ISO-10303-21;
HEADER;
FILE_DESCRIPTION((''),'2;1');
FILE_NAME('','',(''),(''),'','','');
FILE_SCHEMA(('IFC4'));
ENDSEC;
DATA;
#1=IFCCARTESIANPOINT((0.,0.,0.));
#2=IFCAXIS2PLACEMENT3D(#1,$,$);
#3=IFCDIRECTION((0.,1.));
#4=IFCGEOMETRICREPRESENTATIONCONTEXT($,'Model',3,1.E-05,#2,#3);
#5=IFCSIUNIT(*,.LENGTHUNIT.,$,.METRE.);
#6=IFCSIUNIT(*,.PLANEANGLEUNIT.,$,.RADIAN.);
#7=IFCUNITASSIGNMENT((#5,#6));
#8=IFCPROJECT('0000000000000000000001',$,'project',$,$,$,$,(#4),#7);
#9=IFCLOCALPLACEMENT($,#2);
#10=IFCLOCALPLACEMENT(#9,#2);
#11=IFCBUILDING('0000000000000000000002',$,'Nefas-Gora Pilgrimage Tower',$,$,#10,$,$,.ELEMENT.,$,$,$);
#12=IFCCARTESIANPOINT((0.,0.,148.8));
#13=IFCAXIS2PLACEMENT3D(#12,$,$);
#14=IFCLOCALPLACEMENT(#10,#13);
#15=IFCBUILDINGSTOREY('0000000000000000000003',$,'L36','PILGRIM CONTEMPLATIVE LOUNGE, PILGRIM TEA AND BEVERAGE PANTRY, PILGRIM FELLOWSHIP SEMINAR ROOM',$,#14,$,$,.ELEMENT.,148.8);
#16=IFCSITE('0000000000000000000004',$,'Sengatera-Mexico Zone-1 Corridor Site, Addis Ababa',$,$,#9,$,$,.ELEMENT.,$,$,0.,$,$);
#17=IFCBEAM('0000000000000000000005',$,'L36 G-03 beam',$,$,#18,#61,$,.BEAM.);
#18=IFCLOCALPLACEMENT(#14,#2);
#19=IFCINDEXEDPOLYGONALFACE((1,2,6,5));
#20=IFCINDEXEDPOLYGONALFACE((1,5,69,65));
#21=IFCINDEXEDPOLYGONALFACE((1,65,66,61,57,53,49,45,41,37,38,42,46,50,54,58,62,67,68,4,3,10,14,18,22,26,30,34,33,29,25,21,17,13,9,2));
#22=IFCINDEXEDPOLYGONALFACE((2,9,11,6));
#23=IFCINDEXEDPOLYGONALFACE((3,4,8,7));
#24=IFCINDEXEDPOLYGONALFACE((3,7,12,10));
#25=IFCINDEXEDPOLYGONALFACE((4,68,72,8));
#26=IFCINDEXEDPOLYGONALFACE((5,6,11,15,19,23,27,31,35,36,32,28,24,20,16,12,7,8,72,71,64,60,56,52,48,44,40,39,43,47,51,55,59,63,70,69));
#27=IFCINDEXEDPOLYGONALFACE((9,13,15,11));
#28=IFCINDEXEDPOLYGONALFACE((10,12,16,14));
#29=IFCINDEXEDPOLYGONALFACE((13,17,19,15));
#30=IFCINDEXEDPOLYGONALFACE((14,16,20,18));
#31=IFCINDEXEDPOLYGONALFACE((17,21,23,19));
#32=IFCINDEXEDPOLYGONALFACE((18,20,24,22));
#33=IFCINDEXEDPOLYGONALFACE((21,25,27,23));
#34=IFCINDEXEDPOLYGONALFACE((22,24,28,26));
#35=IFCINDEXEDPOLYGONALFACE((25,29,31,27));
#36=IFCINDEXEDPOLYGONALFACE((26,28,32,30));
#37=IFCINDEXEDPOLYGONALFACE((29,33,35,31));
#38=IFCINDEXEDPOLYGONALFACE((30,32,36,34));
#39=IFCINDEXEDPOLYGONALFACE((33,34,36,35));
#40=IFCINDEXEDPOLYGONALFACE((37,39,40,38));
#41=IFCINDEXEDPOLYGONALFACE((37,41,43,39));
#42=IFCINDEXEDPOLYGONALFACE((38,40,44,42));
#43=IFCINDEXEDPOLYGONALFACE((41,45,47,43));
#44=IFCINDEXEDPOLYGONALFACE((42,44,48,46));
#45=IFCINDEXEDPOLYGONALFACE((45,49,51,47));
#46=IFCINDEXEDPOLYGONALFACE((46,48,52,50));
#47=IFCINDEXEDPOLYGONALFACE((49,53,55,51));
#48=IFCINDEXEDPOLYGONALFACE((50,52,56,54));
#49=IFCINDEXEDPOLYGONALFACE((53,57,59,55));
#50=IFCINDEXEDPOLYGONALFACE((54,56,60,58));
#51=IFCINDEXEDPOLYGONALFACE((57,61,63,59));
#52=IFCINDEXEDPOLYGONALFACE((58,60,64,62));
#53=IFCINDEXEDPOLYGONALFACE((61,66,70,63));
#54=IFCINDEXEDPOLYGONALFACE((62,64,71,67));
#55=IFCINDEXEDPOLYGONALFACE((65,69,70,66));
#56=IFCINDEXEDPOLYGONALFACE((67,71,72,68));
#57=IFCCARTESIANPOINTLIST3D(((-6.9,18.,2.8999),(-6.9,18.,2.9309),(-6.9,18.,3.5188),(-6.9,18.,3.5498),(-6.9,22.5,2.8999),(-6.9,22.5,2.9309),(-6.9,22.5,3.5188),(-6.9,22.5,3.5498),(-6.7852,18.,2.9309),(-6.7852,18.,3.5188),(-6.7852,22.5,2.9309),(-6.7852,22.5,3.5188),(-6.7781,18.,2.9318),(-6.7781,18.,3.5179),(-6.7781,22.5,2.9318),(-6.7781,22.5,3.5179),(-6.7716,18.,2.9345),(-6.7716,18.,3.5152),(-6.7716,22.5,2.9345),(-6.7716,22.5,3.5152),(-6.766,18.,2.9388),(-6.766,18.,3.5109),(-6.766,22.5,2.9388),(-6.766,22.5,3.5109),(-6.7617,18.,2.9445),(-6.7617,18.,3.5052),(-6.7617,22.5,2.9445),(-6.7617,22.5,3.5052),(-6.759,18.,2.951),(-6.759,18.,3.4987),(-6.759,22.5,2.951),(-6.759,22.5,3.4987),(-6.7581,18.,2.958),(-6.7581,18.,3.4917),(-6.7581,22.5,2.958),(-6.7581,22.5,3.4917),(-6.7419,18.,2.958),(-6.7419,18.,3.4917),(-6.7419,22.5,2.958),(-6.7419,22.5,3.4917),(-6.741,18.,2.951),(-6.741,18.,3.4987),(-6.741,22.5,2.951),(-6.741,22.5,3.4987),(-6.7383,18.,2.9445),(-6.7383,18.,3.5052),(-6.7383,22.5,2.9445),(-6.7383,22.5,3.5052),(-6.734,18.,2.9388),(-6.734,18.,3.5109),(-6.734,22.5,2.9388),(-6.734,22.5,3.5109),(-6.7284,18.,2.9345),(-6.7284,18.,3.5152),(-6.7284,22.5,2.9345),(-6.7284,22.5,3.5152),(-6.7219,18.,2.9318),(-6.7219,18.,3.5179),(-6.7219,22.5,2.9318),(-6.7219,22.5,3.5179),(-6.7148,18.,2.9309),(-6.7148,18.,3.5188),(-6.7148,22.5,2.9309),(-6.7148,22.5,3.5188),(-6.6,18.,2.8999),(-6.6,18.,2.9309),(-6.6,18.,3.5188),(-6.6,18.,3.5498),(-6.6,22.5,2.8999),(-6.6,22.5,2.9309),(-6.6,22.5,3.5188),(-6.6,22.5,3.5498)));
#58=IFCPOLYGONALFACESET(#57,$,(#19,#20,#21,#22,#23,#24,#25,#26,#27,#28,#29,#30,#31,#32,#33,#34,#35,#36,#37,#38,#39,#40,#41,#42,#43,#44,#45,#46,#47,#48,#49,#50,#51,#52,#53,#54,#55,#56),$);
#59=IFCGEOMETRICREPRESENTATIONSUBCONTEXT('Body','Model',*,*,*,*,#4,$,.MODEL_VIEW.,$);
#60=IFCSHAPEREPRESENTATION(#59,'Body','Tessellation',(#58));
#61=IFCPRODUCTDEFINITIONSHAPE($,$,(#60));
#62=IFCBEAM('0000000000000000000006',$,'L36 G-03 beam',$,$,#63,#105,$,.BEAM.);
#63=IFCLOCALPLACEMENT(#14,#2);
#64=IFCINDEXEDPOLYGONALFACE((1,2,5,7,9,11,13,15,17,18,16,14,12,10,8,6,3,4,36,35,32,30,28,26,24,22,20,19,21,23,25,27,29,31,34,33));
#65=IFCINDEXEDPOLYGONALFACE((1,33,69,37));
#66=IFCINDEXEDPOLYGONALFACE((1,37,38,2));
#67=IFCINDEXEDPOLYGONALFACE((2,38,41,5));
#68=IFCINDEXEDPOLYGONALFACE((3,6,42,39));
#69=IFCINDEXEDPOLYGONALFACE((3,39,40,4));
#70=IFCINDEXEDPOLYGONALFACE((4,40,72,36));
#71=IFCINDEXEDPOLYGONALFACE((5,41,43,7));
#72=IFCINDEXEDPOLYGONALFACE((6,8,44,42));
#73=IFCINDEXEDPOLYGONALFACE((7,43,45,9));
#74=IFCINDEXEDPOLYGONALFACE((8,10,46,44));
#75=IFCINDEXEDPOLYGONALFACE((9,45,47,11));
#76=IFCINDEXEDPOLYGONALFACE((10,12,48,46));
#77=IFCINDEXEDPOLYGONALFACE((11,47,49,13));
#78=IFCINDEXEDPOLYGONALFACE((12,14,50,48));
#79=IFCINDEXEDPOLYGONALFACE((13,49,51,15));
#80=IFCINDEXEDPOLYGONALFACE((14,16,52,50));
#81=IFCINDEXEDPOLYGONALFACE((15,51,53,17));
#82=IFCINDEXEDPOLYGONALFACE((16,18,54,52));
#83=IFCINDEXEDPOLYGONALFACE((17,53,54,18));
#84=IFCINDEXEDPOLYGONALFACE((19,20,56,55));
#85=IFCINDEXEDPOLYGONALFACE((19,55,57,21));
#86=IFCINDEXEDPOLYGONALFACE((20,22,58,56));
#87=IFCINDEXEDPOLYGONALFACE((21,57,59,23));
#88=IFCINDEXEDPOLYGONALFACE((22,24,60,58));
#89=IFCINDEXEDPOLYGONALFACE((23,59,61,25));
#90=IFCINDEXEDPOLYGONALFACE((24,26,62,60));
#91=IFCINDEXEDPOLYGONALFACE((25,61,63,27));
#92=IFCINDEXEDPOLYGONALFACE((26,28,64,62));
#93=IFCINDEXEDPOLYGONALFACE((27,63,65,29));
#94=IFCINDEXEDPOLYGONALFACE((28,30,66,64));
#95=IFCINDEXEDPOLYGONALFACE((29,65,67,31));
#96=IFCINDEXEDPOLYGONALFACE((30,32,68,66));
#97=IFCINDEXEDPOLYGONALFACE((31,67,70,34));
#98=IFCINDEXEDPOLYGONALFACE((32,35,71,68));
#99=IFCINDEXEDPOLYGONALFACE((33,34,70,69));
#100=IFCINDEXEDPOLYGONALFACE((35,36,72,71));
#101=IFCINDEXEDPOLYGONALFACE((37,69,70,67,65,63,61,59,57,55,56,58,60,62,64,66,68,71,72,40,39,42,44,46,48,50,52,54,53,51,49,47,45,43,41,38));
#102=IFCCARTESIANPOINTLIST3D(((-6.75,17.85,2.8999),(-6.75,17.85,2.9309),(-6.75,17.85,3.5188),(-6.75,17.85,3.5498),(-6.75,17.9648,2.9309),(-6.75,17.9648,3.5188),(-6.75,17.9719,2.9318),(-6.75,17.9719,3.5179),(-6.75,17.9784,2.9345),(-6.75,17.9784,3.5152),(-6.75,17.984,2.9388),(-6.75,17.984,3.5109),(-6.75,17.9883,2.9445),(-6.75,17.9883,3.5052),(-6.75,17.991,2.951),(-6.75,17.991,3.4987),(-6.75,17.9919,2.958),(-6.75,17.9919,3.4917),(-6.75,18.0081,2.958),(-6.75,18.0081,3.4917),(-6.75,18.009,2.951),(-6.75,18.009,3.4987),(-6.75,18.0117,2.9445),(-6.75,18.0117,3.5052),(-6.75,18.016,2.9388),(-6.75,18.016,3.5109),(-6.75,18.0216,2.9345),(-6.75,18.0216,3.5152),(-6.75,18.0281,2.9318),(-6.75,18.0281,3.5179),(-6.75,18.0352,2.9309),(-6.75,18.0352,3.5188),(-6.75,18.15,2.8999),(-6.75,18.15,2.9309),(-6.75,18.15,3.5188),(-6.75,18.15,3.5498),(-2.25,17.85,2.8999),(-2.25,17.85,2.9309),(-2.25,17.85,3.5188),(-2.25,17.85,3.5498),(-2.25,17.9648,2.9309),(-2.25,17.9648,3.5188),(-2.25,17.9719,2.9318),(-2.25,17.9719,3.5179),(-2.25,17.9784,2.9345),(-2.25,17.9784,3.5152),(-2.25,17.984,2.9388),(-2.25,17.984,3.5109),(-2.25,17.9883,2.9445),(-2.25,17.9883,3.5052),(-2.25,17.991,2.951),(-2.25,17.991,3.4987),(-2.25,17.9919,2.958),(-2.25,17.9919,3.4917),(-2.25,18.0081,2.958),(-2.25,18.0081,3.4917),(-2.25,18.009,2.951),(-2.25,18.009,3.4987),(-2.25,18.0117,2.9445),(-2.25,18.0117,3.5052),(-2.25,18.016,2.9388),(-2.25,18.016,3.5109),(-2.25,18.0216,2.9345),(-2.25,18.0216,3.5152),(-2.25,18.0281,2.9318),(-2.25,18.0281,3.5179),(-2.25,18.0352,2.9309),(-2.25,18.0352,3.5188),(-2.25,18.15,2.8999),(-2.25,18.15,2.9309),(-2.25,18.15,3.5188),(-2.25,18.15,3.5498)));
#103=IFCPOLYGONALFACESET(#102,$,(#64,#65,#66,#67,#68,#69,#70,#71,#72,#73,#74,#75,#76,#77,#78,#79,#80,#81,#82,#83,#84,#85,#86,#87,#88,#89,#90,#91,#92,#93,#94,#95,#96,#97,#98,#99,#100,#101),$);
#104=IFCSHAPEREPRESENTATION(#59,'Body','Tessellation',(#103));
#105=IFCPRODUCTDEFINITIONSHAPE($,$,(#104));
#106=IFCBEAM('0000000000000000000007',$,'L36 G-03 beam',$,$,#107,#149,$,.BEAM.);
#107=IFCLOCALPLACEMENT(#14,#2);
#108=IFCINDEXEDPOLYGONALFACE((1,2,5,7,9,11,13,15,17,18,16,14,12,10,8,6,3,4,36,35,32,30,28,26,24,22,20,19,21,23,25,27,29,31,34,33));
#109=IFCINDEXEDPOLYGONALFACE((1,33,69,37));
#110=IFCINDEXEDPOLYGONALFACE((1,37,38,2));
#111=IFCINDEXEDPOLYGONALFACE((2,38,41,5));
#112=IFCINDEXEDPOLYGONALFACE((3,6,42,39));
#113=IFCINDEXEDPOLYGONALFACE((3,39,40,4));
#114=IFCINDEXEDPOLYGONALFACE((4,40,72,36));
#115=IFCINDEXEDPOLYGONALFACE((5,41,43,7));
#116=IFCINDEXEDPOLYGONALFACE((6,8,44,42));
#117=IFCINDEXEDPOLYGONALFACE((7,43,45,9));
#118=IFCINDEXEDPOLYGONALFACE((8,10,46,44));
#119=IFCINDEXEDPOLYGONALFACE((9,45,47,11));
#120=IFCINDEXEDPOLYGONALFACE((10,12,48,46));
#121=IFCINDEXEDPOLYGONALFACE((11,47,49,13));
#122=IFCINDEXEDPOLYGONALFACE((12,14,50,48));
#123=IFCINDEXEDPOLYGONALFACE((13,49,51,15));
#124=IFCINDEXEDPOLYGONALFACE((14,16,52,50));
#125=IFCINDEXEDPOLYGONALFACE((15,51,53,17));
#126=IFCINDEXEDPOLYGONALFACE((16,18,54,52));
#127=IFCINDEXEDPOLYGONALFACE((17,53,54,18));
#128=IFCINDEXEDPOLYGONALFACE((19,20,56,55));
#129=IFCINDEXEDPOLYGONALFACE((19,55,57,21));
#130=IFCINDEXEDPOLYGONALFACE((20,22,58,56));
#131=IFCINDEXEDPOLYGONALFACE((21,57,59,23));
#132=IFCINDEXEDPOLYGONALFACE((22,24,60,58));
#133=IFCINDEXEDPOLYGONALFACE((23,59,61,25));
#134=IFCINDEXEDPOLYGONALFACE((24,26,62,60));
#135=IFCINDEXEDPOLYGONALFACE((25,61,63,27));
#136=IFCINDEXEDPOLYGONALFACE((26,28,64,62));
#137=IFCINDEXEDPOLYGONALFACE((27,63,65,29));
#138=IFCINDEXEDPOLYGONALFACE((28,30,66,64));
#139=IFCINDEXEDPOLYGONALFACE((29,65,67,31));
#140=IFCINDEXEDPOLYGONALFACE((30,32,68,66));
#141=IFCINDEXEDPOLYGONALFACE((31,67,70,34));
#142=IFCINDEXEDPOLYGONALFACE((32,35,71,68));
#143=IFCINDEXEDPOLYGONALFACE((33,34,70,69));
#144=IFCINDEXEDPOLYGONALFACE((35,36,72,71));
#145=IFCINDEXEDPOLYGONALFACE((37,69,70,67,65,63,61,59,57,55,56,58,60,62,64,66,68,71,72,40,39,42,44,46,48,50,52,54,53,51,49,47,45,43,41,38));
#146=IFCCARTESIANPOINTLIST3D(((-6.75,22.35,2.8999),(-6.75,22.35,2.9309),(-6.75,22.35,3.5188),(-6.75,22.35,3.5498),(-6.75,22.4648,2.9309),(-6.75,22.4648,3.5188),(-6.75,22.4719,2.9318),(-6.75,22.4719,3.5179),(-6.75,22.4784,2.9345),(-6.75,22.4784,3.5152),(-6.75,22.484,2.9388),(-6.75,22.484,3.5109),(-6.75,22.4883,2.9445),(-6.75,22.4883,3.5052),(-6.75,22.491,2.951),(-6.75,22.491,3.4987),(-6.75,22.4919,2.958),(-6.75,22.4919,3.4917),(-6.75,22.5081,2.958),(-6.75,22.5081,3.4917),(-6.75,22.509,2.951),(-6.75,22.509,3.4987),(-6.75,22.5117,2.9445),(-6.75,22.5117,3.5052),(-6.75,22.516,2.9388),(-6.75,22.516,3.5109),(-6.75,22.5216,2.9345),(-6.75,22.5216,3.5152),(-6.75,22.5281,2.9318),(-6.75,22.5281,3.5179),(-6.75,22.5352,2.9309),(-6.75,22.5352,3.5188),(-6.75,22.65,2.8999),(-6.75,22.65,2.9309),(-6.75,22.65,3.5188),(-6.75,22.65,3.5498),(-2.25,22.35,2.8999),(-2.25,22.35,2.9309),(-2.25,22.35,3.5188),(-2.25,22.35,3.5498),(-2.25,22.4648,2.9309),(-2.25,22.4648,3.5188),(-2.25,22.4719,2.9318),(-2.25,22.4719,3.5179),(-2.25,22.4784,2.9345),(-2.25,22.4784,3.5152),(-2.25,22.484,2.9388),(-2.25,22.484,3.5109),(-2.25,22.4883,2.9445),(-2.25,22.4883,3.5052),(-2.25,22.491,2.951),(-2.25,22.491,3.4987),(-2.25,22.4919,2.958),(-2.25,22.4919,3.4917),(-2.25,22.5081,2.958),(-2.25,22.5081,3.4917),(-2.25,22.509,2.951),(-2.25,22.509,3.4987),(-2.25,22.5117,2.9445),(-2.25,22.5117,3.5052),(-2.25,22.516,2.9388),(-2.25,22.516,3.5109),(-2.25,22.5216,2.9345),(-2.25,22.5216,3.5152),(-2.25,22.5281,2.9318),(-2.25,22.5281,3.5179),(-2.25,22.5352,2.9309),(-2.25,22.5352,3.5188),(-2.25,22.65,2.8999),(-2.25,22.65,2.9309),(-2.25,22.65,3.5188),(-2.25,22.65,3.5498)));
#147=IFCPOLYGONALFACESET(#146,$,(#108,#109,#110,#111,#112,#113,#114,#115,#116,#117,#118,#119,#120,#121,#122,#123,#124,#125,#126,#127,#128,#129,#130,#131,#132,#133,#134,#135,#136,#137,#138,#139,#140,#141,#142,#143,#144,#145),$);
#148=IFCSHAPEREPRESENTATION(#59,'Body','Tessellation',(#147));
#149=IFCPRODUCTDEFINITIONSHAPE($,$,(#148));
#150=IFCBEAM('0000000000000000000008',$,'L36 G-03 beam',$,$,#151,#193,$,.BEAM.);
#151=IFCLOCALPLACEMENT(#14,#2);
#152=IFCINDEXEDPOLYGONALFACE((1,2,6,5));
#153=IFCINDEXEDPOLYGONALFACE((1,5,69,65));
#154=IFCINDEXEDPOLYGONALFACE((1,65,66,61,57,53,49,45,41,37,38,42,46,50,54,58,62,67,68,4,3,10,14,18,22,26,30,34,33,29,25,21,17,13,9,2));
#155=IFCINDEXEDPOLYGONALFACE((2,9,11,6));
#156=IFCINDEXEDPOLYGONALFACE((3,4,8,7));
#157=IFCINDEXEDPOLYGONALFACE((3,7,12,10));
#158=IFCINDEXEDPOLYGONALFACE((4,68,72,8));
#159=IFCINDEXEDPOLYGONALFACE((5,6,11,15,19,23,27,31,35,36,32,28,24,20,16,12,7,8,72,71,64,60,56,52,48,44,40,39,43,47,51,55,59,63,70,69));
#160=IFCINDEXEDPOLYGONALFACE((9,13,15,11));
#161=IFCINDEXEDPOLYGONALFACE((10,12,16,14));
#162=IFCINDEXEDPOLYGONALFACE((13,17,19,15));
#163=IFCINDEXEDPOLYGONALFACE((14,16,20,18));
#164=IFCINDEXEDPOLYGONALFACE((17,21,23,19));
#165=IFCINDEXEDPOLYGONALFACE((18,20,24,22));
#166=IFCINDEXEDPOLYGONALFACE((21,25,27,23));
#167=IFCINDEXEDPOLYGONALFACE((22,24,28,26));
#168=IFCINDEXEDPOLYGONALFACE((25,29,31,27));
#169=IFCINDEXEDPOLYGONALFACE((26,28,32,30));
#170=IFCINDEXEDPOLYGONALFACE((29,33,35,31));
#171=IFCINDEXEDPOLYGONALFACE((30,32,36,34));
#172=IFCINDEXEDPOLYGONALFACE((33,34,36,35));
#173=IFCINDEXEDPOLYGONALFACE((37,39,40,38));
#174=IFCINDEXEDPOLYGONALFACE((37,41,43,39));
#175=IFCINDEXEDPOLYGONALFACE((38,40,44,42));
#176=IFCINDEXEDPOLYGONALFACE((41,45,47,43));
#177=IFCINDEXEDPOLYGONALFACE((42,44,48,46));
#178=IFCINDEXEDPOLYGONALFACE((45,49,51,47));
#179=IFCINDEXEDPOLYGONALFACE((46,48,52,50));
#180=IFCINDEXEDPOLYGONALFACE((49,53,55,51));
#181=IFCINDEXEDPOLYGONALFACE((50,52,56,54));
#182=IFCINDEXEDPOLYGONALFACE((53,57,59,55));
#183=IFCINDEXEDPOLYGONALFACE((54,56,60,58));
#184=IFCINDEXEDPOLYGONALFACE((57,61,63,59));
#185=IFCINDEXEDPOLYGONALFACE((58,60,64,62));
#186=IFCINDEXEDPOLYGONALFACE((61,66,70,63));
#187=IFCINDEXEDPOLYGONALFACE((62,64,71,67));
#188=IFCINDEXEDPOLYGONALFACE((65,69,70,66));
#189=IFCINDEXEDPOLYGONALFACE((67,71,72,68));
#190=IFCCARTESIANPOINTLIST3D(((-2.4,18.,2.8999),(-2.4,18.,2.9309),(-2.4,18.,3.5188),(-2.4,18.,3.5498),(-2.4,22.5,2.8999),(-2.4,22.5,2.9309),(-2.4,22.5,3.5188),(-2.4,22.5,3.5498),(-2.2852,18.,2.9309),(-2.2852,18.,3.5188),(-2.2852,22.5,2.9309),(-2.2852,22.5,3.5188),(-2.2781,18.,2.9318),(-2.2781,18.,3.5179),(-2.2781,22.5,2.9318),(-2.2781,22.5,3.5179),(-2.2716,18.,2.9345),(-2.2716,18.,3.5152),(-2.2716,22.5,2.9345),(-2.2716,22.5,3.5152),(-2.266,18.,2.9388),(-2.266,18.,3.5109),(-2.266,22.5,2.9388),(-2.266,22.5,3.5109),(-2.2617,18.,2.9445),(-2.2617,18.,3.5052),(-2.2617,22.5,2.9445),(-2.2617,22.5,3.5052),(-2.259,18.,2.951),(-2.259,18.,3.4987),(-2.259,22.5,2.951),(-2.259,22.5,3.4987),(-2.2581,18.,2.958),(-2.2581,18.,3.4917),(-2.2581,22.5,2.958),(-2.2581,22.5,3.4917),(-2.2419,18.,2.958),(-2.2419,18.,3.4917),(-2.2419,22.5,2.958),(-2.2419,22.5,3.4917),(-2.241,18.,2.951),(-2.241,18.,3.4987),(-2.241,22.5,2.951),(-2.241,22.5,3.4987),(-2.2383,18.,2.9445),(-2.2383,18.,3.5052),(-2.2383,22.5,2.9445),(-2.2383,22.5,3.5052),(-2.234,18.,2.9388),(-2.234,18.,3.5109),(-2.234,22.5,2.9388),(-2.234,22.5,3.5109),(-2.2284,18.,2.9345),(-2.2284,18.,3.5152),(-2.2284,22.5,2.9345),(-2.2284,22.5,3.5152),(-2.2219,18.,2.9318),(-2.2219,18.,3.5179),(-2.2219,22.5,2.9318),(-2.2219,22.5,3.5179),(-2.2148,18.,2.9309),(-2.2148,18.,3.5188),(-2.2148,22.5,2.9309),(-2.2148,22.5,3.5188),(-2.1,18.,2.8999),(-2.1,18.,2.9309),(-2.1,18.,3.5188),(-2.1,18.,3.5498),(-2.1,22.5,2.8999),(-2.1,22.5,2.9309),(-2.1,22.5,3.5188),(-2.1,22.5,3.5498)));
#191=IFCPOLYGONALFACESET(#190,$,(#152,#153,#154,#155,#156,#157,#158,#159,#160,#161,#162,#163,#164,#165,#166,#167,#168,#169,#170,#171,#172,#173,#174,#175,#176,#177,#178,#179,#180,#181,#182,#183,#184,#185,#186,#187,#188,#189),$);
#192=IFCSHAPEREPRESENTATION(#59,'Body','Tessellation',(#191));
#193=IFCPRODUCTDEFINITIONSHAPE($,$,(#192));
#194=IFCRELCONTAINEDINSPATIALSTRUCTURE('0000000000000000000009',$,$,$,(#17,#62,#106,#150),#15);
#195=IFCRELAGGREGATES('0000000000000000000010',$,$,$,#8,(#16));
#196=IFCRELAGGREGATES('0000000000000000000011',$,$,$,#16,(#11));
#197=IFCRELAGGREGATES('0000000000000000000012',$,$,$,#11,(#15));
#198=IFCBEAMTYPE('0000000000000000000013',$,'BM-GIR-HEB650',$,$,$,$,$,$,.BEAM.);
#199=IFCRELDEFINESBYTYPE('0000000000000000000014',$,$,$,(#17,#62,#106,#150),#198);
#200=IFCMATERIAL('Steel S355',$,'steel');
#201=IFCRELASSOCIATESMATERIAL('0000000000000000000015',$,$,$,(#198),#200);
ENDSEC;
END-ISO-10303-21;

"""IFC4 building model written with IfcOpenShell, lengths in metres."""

from ifc_helpers import new_model, si_unit, direction, frame, origin, origin_2d, place, context, subcontext, project, spatial, i_section, extrude, source, transform, mapped, material, material_profile, profile_set, type_object, element, save


model = new_model("IFC4")

# Units and contexts
model_context = context("Model", 3, precision=1e-05, world=origin(), true_north=direction((0.0, 1.0)))
body_context = subcontext(model_context, "Body", "Model", "MODEL_VIEW")
ifc_project = project(units=[si_unit("LENGTHUNIT", "METRE"), si_unit("PLANEANGLEUNIT", "RADIAN")], contexts=[model_context])

# Site, building, storey
site_placement = place(None, origin())
site = spatial("IfcSite", under=ifc_project, at=site_placement, Name="Sengatera-Mexico Zone-1 Corridor Site, Addis Ababa", CompositionType="ELEMENT", RefElevation=0.0)
building_placement = place(site_placement, origin())
building = spatial("IfcBuilding", under=site, at=building_placement, Name="Nefas-Gora Pilgrimage Tower", CompositionType="ELEMENT")
storey_placement = place(building_placement, frame((0.0, 0.0, 148.8)))
storey = spatial("IfcBuildingStorey", under=building, at=storey_placement, Name="L36", Description="PILGRIM CONTEMPLATIVE LOUNGE, PILGRIM TEA AND BEVERAGE PANTRY, PILGRIM FELLOWSHIP SEMINAR ROOM", CompositionType="ELEMENT", Elevation=148.8)

# Beams
ifc_material_1 = material(Name="Steel S355", Category="steel")
ifc_material_profile_1 = material_profile(ifc_material_1, i_section(OverallWidth=0.3, OverallDepth=0.6499, WebThickness=0.0161, FlangeThickness=0.031, FilletRadius=0.0271, at=origin_2d()), Name="HEB 650")
ifc_profile_set_1 = profile_set([ifc_material_profile_1], Name="Steel S355")
beam_type = type_object("IfcBeamType", Name="BM-GIR-HEB650", PredefinedType="BEAM", material=ifc_profile_set_1)
shared_shape_1 = source(origin(), body_context, "Body", "SweptSolid", [
    extrude(i_section(OverallWidth=0.3, OverallDepth=0.6499, WebThickness=0.0161, FlangeThickness=0.031, FilletRadius=0.0271, at=origin_2d()), origin(), (0.0, 0.0, 1.0), 4.5),
])
for number, where, z_axis, x_axis, name in (
    (1, (-6.75, 18.0, 3.2249), (0.0, 1.0, 0.0), (-1.0, 0.0, 0.0), "L36 G-03 beam"),
    (2, (-6.75, 18.0, 3.2249), (1.0, 0.0, 0.0), (0.0, 1.0, 0.0), "L36 G-03 beam"),
    (3, (-6.75, 22.5, 3.2249), (1.0, 0.0, 0.0), (0.0, 1.0, 0.0), "L36 G-03 beam"),
    (4, (-2.25, 18.0, 3.2249), (0.0, 1.0, 0.0), (-1.0, 0.0, 0.0), "L36 G-03 beam"),
):
    element("IfcBeam", number, at=place(storey_placement, frame(where, z_axis=z_axis, x_axis=x_axis)), inside=storey, type_object=beam_type, Name=name, PredefinedType="BEAM", context=body_context, shape_type="MappedRepresentation", body=[
        mapped(shared_shape_1, transform((0.0, 0.0, 0.0), x_axis=(1.0, 0.0, 0.0), y_axis=(0.0, 1.0, 0.0), z_axis=(0.0, 0.0, 1.0), scale=1.0)),
    ])

save(model, "model.ifc")
